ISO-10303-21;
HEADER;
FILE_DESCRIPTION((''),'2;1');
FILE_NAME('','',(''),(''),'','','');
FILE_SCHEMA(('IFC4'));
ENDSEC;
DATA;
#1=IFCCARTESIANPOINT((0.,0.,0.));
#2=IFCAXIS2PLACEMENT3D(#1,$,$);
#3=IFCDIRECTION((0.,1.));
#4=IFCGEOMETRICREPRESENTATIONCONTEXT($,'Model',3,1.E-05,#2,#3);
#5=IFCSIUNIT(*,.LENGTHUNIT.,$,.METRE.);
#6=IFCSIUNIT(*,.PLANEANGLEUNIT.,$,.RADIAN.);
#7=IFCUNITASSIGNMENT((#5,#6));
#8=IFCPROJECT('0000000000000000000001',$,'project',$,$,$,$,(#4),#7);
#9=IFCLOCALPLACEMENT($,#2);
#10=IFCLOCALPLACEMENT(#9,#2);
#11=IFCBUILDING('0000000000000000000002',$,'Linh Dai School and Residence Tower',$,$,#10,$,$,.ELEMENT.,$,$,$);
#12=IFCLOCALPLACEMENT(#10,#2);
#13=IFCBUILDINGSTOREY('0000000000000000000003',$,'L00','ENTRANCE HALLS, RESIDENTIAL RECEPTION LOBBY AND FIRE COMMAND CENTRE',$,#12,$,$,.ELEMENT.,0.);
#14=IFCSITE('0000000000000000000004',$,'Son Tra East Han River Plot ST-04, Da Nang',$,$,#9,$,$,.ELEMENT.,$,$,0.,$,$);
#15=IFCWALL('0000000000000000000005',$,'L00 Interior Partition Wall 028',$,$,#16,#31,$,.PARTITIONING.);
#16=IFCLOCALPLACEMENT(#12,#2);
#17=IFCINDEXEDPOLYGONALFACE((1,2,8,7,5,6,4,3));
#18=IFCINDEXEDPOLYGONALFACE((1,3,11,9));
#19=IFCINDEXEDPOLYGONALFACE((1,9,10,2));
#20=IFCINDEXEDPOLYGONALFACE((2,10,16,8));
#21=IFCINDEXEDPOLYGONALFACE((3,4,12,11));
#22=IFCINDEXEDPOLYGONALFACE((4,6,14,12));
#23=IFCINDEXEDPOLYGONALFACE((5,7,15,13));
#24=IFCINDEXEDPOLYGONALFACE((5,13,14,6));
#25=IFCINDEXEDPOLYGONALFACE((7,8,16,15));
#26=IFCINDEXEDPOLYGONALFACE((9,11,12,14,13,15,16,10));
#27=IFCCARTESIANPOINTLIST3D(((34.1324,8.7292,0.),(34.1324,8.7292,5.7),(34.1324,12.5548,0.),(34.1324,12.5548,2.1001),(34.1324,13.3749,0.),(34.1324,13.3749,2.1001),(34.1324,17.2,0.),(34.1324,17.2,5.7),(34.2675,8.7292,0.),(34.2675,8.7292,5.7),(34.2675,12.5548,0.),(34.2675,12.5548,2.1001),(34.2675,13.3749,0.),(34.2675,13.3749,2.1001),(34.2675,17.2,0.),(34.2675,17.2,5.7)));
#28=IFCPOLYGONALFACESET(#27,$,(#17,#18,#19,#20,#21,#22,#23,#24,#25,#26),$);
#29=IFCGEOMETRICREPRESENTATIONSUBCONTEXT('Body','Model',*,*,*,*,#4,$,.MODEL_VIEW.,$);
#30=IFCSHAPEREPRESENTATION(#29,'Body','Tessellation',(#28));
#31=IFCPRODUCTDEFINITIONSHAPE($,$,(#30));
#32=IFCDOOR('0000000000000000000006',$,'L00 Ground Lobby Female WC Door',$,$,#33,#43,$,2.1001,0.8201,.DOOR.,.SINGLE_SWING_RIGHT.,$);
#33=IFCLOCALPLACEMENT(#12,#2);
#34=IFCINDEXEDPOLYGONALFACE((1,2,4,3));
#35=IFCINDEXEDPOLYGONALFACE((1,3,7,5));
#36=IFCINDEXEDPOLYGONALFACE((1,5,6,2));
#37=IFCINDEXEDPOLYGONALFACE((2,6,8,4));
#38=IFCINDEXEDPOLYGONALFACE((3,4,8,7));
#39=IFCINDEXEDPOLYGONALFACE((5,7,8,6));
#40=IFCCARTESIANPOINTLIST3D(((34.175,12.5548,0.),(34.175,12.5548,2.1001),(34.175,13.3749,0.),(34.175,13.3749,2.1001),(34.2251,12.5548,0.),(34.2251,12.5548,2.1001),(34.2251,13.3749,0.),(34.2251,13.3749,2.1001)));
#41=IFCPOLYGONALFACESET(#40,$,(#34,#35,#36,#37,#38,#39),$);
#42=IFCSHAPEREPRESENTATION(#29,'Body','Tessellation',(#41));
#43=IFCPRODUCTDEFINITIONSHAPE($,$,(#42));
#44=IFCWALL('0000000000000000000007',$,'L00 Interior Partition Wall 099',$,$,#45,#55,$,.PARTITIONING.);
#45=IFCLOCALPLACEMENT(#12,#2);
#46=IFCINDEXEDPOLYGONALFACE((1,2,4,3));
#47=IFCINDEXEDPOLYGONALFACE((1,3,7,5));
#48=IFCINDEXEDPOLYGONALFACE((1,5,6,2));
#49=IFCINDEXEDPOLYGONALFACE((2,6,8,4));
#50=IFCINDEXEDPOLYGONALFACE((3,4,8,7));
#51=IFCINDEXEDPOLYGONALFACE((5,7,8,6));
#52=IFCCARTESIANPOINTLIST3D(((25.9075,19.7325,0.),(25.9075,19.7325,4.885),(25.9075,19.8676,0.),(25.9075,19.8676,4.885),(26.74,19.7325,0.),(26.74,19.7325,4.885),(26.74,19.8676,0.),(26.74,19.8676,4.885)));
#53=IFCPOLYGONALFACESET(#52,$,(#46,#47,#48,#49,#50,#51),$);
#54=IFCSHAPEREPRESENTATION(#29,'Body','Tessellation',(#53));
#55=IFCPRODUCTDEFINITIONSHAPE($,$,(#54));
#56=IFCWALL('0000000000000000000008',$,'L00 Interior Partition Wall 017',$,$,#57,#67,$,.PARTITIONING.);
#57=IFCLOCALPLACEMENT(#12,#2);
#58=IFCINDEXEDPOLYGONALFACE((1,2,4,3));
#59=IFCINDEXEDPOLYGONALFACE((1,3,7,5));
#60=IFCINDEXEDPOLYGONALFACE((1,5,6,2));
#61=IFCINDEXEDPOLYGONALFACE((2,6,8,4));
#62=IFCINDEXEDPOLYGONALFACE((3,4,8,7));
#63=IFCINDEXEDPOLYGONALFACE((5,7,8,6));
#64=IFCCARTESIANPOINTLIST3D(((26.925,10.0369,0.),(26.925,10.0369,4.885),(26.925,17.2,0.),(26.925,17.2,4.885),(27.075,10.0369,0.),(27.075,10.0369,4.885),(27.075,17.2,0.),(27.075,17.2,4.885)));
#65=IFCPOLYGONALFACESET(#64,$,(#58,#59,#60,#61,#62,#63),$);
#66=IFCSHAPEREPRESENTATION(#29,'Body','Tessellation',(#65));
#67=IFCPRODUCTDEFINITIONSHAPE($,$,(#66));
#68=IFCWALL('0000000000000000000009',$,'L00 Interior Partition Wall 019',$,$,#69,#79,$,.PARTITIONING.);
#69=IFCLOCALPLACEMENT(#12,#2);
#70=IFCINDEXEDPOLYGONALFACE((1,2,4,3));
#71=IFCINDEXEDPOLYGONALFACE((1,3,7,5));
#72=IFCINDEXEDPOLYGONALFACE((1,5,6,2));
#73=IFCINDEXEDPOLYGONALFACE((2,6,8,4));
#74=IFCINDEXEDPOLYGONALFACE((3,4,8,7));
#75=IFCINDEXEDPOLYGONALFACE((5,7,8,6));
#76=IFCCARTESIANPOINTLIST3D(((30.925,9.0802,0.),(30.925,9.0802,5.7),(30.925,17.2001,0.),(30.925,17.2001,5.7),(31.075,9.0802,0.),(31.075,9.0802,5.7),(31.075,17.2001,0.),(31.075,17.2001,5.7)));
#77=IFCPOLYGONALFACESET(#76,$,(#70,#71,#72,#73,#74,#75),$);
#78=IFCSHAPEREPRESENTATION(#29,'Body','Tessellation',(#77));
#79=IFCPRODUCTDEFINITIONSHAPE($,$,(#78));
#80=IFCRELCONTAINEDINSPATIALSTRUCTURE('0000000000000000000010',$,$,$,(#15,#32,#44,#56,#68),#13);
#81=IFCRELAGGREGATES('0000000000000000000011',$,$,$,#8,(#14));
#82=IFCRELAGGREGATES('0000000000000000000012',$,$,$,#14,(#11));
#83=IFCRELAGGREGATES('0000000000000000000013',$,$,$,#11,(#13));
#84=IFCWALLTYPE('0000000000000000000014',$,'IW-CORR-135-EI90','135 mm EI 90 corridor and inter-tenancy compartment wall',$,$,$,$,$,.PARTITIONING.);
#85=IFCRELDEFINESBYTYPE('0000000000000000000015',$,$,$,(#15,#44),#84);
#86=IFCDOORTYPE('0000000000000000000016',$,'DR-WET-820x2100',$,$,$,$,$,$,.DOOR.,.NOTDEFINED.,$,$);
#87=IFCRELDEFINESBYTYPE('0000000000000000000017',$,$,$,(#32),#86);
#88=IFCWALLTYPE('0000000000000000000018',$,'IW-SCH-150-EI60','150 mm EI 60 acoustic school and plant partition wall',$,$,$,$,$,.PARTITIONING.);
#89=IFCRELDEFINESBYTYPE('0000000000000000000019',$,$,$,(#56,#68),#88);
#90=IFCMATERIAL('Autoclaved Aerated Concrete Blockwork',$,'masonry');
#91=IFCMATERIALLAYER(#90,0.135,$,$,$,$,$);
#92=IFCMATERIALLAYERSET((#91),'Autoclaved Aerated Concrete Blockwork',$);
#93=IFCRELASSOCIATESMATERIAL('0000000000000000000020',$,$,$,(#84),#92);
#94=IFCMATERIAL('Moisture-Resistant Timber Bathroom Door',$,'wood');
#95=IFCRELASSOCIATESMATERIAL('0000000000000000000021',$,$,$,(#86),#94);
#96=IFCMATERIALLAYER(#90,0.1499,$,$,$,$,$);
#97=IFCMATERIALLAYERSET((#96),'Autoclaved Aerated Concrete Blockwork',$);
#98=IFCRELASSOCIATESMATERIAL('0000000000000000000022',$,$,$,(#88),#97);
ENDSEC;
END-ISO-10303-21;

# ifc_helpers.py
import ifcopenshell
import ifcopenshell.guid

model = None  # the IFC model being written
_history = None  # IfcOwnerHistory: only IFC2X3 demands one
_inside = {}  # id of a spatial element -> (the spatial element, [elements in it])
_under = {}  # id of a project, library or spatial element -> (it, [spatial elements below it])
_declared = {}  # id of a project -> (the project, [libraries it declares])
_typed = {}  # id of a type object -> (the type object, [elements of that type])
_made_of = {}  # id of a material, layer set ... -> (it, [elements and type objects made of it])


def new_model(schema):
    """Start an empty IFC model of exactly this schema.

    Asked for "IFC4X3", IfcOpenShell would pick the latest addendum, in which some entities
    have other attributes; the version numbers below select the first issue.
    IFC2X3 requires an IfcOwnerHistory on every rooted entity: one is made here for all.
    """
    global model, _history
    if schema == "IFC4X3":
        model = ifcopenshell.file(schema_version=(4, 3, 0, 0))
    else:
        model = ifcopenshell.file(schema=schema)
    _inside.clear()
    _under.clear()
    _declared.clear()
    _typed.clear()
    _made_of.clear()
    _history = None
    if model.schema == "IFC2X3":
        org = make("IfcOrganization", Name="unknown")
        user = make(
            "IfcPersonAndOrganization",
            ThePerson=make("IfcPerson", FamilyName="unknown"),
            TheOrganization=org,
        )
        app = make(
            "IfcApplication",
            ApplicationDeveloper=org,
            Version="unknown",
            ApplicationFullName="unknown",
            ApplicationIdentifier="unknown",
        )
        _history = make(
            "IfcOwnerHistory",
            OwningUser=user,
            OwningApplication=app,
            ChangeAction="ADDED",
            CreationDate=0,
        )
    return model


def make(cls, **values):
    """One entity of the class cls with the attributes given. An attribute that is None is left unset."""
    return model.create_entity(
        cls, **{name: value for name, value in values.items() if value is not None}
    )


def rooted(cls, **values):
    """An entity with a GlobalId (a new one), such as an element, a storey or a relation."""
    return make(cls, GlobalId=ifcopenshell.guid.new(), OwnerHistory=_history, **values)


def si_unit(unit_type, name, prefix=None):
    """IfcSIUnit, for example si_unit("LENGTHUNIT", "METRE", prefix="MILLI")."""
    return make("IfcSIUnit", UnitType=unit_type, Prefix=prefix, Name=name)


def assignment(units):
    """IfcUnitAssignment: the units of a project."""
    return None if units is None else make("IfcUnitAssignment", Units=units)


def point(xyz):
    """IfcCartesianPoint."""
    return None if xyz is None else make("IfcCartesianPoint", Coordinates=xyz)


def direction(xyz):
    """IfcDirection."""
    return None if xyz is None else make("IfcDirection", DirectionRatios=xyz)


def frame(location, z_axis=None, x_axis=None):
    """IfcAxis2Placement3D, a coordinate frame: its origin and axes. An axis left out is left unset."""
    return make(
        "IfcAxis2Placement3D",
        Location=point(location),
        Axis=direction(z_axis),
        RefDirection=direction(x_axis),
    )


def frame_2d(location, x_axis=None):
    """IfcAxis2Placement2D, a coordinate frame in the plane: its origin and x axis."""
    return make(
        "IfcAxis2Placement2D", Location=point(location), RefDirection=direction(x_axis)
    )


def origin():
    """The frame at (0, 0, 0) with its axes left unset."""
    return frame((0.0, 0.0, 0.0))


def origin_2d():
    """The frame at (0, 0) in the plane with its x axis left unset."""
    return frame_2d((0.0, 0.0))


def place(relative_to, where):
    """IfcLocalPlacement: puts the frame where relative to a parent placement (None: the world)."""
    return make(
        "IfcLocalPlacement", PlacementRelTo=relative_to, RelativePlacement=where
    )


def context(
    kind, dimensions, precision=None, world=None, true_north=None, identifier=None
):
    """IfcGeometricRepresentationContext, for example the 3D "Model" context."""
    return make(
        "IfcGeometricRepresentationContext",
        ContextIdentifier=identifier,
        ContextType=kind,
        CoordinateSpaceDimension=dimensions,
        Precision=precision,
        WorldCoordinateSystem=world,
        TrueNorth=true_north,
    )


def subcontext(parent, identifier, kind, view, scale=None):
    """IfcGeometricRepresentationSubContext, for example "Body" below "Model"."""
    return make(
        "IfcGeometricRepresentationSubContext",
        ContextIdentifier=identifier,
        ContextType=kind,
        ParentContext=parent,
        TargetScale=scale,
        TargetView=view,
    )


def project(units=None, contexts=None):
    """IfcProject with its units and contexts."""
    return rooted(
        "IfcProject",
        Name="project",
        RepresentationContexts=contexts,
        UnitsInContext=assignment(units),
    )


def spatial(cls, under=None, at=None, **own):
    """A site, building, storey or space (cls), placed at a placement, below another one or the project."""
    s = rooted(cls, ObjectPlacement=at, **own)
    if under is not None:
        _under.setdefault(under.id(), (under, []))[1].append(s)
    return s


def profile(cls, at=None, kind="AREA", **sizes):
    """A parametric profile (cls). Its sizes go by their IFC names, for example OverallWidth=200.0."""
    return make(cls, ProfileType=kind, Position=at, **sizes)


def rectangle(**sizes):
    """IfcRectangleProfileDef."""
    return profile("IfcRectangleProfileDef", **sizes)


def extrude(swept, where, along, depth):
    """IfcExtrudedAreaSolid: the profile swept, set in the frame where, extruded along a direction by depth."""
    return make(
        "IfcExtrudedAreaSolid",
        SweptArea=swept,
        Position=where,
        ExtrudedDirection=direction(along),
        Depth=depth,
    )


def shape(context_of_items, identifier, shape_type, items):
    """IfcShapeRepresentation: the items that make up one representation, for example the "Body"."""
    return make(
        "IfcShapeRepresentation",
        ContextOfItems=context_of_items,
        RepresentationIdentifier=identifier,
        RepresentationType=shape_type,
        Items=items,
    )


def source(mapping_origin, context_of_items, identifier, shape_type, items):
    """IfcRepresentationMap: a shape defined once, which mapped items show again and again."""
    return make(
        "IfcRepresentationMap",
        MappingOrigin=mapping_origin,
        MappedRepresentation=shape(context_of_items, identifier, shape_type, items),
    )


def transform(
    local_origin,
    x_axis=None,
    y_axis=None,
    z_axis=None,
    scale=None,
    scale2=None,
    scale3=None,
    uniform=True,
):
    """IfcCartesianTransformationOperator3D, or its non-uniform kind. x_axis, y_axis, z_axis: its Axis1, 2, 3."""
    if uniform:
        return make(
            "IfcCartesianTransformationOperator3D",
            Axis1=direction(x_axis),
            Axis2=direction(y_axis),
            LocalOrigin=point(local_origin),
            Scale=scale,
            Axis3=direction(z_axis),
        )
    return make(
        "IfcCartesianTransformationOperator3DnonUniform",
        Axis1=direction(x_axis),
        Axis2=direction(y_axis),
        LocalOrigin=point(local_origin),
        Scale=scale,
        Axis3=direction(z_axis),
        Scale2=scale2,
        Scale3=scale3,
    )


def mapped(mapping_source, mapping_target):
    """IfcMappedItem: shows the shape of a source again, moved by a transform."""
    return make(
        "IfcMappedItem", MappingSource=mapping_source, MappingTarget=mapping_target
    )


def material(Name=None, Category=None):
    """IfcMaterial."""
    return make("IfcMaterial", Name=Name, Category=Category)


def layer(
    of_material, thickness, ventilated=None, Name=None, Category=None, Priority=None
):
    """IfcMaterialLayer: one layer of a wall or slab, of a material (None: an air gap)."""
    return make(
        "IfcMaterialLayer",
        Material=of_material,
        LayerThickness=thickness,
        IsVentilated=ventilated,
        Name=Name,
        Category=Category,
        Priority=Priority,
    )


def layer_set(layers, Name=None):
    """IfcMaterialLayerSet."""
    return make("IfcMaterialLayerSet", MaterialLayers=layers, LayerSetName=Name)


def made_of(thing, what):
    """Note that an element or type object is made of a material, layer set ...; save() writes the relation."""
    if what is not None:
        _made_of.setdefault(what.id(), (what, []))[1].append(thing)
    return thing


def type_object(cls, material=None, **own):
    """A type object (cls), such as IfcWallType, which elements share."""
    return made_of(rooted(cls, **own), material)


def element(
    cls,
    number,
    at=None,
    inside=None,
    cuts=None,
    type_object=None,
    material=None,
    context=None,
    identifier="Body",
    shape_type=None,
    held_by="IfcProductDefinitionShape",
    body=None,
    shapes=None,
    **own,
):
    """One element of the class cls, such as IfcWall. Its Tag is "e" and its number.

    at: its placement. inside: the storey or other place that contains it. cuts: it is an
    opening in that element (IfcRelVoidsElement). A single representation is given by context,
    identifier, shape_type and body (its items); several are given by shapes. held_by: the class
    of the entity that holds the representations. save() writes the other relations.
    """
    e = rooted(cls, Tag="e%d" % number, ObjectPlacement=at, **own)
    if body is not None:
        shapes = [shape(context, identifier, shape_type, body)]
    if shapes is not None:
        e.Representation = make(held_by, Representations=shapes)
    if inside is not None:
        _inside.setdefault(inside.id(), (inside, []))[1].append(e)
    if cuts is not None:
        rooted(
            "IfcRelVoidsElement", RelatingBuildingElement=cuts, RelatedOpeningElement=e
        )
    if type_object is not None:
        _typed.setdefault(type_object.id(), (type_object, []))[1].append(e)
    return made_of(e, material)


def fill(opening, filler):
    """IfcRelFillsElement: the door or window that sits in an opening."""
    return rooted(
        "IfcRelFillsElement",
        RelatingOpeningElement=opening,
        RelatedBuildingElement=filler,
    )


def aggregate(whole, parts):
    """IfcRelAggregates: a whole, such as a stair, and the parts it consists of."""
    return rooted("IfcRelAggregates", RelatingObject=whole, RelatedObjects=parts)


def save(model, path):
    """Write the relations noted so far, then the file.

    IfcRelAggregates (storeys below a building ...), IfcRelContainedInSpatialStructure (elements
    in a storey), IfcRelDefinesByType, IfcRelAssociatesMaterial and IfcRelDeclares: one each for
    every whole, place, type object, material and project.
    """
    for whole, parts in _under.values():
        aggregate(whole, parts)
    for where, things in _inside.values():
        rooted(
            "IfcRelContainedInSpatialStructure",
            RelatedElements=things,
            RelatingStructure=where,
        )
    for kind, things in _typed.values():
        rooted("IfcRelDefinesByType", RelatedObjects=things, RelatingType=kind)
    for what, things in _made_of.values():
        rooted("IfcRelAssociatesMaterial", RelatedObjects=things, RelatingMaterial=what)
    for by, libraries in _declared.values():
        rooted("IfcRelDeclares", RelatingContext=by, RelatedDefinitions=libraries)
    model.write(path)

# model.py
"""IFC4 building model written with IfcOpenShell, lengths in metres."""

from ifc_helpers import new_model, si_unit, direction, frame, frame_2d, origin, origin_2d, place, context, subcontext, project, spatial, rectangle, extrude, source, transform, mapped, material, layer, layer_set, type_object, element, fill, save


model = new_model("IFC4")

# Units and contexts
model_context = context("Model", 3, precision=1e-05, world=origin(), true_north=direction((0.0, 1.0)))
body_context = subcontext(model_context, "Body", "Model", "MODEL_VIEW")
ifc_project = project(units=[si_unit("LENGTHUNIT", "METRE"), si_unit("PLANEANGLEUNIT", "RADIAN")], contexts=[model_context])

# Site, building, storey
site_placement = place(None, origin())
site = spatial("IfcSite", under=ifc_project, at=site_placement, Name="Son Tra East Han River Plot ST-04, Da Nang", CompositionType="ELEMENT", RefElevation=0.0)
building_placement = place(site_placement, origin())
building = spatial("IfcBuilding", under=site, at=building_placement, Name="Linh Dai School and Residence Tower", CompositionType="ELEMENT")
storey_placement = place(building_placement, origin())
storey = spatial("IfcBuildingStorey", under=building, at=storey_placement, Name="L00", Description="ENTRANCE HALLS, RESIDENTIAL RECEPTION LOBBY AND FIRE COMMAND CENTRE", CompositionType="ELEMENT", Elevation=0.0)

# Wall, opening, door
ifc_material_1 = material(Name="Autoclaved Aerated Concrete Blockwork", Category="masonry")
ifc_layer_1 = layer(ifc_material_1, 0.135)
ifc_layer_set_1 = layer_set([ifc_layer_1], Name="Autoclaved Aerated Concrete Blockwork")
wall_type_1 = type_object("IfcWallType", Name="IW-CORR-135-EI90", Description="135 mm EI 90 corridor and inter-tenancy compartment wall", PredefinedType="PARTITIONING", material=ifc_layer_set_1)
ifc_material_2 = material(Name="Moisture-Resistant Timber Bathroom Door", Category="wood")
door_type_1 = type_object("IfcDoorType", Name="DR-WET-820x2100", OperationType="NOTDEFINED", PredefinedType="DOOR", material=ifc_material_2)
shared_shape_1 = source(origin(), body_context, "Body", "SweptSolid", [
    extrude(rectangle(XDim=0.8201, YDim=2.1001, at=origin_2d()), frame((0.4102, 0.0249, 1.05), z_axis=(0.0, -1.0, 0.0), x_axis=(1.0, 0.0, 0.0)), (0.0, 0.0, 1.0), 0.05),
])
wall_1_placement = place(storey_placement, frame((34.2, 8.7292, 0.0), z_axis=(0.0, 0.0, 1.0), x_axis=(0.0, 1.0, 0.0)))
wall_1 = element("IfcWall", 1, at=wall_1_placement, inside=storey, type_object=wall_type_1, Name="L00 Interior Partition Wall 028", PredefinedType="PARTITIONING", context=body_context, shape_type="SweptSolid", body=[
    extrude(rectangle(XDim=8.4707, YDim=0.135, at=frame_2d((4.2354, 0.0))), origin(), (0.0, 0.0, 1.0), 5.7),
])
opening_1_placement = place(wall_1_placement, frame((3.8254, 0.0, 0.0)))
opening_1 = element("IfcOpeningElement", 2, at=opening_1_placement, cuts=wall_1, PredefinedType="OPENING", context=body_context, shape_type="SweptSolid", body=[
    extrude(rectangle(XDim=0.8201, YDim=2.1001, at=origin_2d()), frame((0.4102, 0.0776, 1.05), z_axis=(0.0, -1.0, 0.0), x_axis=(1.0, 0.0, 0.0)), (0.0, 0.0, 1.0), 0.155),
])
door_1_placement = place(opening_1_placement, origin())
door_1 = element("IfcDoor", 3, at=door_1_placement, inside=storey, type_object=door_type_1, Name="L00 Ground Lobby Female WC Door", OperationType="SINGLE_SWING_RIGHT", OverallHeight=2.1001, OverallWidth=0.8201, PredefinedType="DOOR", context=body_context, shape_type="MappedRepresentation", body=[
    mapped(shared_shape_1, transform((0.0, 0.0, 0.0), x_axis=(1.0, 0.0, 0.0), y_axis=(0.0, 1.0, 0.0), z_axis=(0.0, 0.0, 1.0), scale=1.0)),
])
fill(opening_1, door_1)

# Walls
wall_2_placement = place(storey_placement, frame((25.9075, 19.8, 0.0), z_axis=(0.0, 0.0, 1.0), x_axis=(1.0, 0.0, 0.0)))
element("IfcWall", 4, at=wall_2_placement, inside=storey, type_object=wall_type_1, Name="L00 Interior Partition Wall 099", PredefinedType="PARTITIONING", context=body_context, shape_type="SweptSolid", body=[
    extrude(rectangle(XDim=0.8325, YDim=0.135, at=frame_2d((0.4163, 0.0))), origin(), (0.0, 0.0, 1.0), 4.885),
])
ifc_layer_2 = layer(ifc_material_1, 0.1499)
ifc_layer_set_2 = layer_set([ifc_layer_2], Name="Autoclaved Aerated Concrete Blockwork")
wall_type_2 = type_object("IfcWallType", Name="IW-SCH-150-EI60", Description="150 mm EI 60 acoustic school and plant partition wall", PredefinedType="PARTITIONING", material=ifc_layer_set_2)
wall_3_placement = place(storey_placement, frame((27.0, 10.0369, 0.0), z_axis=(0.0, 0.0, 1.0), x_axis=(0.0, 1.0, 0.0)))
element("IfcWall", 5, at=wall_3_placement, inside=storey, type_object=wall_type_2, Name="L00 Interior Partition Wall 017", PredefinedType="PARTITIONING", context=body_context, shape_type="SweptSolid", body=[
    extrude(rectangle(XDim=7.1631, YDim=0.1499, at=frame_2d((3.5815, 0.0))), origin(), (0.0, 0.0, 1.0), 4.885),
])
wall_4_placement = place(storey_placement, frame((31.0, 9.0801, 0.0), z_axis=(0.0, 0.0, 1.0), x_axis=(0.0, 1.0, 0.0)))
element("IfcWall", 6, at=wall_4_placement, inside=storey, type_object=wall_type_2, Name="L00 Interior Partition Wall 019", PredefinedType="PARTITIONING", context=body_context, shape_type="SweptSolid", body=[
    extrude(rectangle(XDim=8.1199, YDim=0.1499, at=frame_2d((4.0601, 0.0))), origin(), (0.0, 0.0, 1.0), 5.7),
])

save(model, "model.ifc")
